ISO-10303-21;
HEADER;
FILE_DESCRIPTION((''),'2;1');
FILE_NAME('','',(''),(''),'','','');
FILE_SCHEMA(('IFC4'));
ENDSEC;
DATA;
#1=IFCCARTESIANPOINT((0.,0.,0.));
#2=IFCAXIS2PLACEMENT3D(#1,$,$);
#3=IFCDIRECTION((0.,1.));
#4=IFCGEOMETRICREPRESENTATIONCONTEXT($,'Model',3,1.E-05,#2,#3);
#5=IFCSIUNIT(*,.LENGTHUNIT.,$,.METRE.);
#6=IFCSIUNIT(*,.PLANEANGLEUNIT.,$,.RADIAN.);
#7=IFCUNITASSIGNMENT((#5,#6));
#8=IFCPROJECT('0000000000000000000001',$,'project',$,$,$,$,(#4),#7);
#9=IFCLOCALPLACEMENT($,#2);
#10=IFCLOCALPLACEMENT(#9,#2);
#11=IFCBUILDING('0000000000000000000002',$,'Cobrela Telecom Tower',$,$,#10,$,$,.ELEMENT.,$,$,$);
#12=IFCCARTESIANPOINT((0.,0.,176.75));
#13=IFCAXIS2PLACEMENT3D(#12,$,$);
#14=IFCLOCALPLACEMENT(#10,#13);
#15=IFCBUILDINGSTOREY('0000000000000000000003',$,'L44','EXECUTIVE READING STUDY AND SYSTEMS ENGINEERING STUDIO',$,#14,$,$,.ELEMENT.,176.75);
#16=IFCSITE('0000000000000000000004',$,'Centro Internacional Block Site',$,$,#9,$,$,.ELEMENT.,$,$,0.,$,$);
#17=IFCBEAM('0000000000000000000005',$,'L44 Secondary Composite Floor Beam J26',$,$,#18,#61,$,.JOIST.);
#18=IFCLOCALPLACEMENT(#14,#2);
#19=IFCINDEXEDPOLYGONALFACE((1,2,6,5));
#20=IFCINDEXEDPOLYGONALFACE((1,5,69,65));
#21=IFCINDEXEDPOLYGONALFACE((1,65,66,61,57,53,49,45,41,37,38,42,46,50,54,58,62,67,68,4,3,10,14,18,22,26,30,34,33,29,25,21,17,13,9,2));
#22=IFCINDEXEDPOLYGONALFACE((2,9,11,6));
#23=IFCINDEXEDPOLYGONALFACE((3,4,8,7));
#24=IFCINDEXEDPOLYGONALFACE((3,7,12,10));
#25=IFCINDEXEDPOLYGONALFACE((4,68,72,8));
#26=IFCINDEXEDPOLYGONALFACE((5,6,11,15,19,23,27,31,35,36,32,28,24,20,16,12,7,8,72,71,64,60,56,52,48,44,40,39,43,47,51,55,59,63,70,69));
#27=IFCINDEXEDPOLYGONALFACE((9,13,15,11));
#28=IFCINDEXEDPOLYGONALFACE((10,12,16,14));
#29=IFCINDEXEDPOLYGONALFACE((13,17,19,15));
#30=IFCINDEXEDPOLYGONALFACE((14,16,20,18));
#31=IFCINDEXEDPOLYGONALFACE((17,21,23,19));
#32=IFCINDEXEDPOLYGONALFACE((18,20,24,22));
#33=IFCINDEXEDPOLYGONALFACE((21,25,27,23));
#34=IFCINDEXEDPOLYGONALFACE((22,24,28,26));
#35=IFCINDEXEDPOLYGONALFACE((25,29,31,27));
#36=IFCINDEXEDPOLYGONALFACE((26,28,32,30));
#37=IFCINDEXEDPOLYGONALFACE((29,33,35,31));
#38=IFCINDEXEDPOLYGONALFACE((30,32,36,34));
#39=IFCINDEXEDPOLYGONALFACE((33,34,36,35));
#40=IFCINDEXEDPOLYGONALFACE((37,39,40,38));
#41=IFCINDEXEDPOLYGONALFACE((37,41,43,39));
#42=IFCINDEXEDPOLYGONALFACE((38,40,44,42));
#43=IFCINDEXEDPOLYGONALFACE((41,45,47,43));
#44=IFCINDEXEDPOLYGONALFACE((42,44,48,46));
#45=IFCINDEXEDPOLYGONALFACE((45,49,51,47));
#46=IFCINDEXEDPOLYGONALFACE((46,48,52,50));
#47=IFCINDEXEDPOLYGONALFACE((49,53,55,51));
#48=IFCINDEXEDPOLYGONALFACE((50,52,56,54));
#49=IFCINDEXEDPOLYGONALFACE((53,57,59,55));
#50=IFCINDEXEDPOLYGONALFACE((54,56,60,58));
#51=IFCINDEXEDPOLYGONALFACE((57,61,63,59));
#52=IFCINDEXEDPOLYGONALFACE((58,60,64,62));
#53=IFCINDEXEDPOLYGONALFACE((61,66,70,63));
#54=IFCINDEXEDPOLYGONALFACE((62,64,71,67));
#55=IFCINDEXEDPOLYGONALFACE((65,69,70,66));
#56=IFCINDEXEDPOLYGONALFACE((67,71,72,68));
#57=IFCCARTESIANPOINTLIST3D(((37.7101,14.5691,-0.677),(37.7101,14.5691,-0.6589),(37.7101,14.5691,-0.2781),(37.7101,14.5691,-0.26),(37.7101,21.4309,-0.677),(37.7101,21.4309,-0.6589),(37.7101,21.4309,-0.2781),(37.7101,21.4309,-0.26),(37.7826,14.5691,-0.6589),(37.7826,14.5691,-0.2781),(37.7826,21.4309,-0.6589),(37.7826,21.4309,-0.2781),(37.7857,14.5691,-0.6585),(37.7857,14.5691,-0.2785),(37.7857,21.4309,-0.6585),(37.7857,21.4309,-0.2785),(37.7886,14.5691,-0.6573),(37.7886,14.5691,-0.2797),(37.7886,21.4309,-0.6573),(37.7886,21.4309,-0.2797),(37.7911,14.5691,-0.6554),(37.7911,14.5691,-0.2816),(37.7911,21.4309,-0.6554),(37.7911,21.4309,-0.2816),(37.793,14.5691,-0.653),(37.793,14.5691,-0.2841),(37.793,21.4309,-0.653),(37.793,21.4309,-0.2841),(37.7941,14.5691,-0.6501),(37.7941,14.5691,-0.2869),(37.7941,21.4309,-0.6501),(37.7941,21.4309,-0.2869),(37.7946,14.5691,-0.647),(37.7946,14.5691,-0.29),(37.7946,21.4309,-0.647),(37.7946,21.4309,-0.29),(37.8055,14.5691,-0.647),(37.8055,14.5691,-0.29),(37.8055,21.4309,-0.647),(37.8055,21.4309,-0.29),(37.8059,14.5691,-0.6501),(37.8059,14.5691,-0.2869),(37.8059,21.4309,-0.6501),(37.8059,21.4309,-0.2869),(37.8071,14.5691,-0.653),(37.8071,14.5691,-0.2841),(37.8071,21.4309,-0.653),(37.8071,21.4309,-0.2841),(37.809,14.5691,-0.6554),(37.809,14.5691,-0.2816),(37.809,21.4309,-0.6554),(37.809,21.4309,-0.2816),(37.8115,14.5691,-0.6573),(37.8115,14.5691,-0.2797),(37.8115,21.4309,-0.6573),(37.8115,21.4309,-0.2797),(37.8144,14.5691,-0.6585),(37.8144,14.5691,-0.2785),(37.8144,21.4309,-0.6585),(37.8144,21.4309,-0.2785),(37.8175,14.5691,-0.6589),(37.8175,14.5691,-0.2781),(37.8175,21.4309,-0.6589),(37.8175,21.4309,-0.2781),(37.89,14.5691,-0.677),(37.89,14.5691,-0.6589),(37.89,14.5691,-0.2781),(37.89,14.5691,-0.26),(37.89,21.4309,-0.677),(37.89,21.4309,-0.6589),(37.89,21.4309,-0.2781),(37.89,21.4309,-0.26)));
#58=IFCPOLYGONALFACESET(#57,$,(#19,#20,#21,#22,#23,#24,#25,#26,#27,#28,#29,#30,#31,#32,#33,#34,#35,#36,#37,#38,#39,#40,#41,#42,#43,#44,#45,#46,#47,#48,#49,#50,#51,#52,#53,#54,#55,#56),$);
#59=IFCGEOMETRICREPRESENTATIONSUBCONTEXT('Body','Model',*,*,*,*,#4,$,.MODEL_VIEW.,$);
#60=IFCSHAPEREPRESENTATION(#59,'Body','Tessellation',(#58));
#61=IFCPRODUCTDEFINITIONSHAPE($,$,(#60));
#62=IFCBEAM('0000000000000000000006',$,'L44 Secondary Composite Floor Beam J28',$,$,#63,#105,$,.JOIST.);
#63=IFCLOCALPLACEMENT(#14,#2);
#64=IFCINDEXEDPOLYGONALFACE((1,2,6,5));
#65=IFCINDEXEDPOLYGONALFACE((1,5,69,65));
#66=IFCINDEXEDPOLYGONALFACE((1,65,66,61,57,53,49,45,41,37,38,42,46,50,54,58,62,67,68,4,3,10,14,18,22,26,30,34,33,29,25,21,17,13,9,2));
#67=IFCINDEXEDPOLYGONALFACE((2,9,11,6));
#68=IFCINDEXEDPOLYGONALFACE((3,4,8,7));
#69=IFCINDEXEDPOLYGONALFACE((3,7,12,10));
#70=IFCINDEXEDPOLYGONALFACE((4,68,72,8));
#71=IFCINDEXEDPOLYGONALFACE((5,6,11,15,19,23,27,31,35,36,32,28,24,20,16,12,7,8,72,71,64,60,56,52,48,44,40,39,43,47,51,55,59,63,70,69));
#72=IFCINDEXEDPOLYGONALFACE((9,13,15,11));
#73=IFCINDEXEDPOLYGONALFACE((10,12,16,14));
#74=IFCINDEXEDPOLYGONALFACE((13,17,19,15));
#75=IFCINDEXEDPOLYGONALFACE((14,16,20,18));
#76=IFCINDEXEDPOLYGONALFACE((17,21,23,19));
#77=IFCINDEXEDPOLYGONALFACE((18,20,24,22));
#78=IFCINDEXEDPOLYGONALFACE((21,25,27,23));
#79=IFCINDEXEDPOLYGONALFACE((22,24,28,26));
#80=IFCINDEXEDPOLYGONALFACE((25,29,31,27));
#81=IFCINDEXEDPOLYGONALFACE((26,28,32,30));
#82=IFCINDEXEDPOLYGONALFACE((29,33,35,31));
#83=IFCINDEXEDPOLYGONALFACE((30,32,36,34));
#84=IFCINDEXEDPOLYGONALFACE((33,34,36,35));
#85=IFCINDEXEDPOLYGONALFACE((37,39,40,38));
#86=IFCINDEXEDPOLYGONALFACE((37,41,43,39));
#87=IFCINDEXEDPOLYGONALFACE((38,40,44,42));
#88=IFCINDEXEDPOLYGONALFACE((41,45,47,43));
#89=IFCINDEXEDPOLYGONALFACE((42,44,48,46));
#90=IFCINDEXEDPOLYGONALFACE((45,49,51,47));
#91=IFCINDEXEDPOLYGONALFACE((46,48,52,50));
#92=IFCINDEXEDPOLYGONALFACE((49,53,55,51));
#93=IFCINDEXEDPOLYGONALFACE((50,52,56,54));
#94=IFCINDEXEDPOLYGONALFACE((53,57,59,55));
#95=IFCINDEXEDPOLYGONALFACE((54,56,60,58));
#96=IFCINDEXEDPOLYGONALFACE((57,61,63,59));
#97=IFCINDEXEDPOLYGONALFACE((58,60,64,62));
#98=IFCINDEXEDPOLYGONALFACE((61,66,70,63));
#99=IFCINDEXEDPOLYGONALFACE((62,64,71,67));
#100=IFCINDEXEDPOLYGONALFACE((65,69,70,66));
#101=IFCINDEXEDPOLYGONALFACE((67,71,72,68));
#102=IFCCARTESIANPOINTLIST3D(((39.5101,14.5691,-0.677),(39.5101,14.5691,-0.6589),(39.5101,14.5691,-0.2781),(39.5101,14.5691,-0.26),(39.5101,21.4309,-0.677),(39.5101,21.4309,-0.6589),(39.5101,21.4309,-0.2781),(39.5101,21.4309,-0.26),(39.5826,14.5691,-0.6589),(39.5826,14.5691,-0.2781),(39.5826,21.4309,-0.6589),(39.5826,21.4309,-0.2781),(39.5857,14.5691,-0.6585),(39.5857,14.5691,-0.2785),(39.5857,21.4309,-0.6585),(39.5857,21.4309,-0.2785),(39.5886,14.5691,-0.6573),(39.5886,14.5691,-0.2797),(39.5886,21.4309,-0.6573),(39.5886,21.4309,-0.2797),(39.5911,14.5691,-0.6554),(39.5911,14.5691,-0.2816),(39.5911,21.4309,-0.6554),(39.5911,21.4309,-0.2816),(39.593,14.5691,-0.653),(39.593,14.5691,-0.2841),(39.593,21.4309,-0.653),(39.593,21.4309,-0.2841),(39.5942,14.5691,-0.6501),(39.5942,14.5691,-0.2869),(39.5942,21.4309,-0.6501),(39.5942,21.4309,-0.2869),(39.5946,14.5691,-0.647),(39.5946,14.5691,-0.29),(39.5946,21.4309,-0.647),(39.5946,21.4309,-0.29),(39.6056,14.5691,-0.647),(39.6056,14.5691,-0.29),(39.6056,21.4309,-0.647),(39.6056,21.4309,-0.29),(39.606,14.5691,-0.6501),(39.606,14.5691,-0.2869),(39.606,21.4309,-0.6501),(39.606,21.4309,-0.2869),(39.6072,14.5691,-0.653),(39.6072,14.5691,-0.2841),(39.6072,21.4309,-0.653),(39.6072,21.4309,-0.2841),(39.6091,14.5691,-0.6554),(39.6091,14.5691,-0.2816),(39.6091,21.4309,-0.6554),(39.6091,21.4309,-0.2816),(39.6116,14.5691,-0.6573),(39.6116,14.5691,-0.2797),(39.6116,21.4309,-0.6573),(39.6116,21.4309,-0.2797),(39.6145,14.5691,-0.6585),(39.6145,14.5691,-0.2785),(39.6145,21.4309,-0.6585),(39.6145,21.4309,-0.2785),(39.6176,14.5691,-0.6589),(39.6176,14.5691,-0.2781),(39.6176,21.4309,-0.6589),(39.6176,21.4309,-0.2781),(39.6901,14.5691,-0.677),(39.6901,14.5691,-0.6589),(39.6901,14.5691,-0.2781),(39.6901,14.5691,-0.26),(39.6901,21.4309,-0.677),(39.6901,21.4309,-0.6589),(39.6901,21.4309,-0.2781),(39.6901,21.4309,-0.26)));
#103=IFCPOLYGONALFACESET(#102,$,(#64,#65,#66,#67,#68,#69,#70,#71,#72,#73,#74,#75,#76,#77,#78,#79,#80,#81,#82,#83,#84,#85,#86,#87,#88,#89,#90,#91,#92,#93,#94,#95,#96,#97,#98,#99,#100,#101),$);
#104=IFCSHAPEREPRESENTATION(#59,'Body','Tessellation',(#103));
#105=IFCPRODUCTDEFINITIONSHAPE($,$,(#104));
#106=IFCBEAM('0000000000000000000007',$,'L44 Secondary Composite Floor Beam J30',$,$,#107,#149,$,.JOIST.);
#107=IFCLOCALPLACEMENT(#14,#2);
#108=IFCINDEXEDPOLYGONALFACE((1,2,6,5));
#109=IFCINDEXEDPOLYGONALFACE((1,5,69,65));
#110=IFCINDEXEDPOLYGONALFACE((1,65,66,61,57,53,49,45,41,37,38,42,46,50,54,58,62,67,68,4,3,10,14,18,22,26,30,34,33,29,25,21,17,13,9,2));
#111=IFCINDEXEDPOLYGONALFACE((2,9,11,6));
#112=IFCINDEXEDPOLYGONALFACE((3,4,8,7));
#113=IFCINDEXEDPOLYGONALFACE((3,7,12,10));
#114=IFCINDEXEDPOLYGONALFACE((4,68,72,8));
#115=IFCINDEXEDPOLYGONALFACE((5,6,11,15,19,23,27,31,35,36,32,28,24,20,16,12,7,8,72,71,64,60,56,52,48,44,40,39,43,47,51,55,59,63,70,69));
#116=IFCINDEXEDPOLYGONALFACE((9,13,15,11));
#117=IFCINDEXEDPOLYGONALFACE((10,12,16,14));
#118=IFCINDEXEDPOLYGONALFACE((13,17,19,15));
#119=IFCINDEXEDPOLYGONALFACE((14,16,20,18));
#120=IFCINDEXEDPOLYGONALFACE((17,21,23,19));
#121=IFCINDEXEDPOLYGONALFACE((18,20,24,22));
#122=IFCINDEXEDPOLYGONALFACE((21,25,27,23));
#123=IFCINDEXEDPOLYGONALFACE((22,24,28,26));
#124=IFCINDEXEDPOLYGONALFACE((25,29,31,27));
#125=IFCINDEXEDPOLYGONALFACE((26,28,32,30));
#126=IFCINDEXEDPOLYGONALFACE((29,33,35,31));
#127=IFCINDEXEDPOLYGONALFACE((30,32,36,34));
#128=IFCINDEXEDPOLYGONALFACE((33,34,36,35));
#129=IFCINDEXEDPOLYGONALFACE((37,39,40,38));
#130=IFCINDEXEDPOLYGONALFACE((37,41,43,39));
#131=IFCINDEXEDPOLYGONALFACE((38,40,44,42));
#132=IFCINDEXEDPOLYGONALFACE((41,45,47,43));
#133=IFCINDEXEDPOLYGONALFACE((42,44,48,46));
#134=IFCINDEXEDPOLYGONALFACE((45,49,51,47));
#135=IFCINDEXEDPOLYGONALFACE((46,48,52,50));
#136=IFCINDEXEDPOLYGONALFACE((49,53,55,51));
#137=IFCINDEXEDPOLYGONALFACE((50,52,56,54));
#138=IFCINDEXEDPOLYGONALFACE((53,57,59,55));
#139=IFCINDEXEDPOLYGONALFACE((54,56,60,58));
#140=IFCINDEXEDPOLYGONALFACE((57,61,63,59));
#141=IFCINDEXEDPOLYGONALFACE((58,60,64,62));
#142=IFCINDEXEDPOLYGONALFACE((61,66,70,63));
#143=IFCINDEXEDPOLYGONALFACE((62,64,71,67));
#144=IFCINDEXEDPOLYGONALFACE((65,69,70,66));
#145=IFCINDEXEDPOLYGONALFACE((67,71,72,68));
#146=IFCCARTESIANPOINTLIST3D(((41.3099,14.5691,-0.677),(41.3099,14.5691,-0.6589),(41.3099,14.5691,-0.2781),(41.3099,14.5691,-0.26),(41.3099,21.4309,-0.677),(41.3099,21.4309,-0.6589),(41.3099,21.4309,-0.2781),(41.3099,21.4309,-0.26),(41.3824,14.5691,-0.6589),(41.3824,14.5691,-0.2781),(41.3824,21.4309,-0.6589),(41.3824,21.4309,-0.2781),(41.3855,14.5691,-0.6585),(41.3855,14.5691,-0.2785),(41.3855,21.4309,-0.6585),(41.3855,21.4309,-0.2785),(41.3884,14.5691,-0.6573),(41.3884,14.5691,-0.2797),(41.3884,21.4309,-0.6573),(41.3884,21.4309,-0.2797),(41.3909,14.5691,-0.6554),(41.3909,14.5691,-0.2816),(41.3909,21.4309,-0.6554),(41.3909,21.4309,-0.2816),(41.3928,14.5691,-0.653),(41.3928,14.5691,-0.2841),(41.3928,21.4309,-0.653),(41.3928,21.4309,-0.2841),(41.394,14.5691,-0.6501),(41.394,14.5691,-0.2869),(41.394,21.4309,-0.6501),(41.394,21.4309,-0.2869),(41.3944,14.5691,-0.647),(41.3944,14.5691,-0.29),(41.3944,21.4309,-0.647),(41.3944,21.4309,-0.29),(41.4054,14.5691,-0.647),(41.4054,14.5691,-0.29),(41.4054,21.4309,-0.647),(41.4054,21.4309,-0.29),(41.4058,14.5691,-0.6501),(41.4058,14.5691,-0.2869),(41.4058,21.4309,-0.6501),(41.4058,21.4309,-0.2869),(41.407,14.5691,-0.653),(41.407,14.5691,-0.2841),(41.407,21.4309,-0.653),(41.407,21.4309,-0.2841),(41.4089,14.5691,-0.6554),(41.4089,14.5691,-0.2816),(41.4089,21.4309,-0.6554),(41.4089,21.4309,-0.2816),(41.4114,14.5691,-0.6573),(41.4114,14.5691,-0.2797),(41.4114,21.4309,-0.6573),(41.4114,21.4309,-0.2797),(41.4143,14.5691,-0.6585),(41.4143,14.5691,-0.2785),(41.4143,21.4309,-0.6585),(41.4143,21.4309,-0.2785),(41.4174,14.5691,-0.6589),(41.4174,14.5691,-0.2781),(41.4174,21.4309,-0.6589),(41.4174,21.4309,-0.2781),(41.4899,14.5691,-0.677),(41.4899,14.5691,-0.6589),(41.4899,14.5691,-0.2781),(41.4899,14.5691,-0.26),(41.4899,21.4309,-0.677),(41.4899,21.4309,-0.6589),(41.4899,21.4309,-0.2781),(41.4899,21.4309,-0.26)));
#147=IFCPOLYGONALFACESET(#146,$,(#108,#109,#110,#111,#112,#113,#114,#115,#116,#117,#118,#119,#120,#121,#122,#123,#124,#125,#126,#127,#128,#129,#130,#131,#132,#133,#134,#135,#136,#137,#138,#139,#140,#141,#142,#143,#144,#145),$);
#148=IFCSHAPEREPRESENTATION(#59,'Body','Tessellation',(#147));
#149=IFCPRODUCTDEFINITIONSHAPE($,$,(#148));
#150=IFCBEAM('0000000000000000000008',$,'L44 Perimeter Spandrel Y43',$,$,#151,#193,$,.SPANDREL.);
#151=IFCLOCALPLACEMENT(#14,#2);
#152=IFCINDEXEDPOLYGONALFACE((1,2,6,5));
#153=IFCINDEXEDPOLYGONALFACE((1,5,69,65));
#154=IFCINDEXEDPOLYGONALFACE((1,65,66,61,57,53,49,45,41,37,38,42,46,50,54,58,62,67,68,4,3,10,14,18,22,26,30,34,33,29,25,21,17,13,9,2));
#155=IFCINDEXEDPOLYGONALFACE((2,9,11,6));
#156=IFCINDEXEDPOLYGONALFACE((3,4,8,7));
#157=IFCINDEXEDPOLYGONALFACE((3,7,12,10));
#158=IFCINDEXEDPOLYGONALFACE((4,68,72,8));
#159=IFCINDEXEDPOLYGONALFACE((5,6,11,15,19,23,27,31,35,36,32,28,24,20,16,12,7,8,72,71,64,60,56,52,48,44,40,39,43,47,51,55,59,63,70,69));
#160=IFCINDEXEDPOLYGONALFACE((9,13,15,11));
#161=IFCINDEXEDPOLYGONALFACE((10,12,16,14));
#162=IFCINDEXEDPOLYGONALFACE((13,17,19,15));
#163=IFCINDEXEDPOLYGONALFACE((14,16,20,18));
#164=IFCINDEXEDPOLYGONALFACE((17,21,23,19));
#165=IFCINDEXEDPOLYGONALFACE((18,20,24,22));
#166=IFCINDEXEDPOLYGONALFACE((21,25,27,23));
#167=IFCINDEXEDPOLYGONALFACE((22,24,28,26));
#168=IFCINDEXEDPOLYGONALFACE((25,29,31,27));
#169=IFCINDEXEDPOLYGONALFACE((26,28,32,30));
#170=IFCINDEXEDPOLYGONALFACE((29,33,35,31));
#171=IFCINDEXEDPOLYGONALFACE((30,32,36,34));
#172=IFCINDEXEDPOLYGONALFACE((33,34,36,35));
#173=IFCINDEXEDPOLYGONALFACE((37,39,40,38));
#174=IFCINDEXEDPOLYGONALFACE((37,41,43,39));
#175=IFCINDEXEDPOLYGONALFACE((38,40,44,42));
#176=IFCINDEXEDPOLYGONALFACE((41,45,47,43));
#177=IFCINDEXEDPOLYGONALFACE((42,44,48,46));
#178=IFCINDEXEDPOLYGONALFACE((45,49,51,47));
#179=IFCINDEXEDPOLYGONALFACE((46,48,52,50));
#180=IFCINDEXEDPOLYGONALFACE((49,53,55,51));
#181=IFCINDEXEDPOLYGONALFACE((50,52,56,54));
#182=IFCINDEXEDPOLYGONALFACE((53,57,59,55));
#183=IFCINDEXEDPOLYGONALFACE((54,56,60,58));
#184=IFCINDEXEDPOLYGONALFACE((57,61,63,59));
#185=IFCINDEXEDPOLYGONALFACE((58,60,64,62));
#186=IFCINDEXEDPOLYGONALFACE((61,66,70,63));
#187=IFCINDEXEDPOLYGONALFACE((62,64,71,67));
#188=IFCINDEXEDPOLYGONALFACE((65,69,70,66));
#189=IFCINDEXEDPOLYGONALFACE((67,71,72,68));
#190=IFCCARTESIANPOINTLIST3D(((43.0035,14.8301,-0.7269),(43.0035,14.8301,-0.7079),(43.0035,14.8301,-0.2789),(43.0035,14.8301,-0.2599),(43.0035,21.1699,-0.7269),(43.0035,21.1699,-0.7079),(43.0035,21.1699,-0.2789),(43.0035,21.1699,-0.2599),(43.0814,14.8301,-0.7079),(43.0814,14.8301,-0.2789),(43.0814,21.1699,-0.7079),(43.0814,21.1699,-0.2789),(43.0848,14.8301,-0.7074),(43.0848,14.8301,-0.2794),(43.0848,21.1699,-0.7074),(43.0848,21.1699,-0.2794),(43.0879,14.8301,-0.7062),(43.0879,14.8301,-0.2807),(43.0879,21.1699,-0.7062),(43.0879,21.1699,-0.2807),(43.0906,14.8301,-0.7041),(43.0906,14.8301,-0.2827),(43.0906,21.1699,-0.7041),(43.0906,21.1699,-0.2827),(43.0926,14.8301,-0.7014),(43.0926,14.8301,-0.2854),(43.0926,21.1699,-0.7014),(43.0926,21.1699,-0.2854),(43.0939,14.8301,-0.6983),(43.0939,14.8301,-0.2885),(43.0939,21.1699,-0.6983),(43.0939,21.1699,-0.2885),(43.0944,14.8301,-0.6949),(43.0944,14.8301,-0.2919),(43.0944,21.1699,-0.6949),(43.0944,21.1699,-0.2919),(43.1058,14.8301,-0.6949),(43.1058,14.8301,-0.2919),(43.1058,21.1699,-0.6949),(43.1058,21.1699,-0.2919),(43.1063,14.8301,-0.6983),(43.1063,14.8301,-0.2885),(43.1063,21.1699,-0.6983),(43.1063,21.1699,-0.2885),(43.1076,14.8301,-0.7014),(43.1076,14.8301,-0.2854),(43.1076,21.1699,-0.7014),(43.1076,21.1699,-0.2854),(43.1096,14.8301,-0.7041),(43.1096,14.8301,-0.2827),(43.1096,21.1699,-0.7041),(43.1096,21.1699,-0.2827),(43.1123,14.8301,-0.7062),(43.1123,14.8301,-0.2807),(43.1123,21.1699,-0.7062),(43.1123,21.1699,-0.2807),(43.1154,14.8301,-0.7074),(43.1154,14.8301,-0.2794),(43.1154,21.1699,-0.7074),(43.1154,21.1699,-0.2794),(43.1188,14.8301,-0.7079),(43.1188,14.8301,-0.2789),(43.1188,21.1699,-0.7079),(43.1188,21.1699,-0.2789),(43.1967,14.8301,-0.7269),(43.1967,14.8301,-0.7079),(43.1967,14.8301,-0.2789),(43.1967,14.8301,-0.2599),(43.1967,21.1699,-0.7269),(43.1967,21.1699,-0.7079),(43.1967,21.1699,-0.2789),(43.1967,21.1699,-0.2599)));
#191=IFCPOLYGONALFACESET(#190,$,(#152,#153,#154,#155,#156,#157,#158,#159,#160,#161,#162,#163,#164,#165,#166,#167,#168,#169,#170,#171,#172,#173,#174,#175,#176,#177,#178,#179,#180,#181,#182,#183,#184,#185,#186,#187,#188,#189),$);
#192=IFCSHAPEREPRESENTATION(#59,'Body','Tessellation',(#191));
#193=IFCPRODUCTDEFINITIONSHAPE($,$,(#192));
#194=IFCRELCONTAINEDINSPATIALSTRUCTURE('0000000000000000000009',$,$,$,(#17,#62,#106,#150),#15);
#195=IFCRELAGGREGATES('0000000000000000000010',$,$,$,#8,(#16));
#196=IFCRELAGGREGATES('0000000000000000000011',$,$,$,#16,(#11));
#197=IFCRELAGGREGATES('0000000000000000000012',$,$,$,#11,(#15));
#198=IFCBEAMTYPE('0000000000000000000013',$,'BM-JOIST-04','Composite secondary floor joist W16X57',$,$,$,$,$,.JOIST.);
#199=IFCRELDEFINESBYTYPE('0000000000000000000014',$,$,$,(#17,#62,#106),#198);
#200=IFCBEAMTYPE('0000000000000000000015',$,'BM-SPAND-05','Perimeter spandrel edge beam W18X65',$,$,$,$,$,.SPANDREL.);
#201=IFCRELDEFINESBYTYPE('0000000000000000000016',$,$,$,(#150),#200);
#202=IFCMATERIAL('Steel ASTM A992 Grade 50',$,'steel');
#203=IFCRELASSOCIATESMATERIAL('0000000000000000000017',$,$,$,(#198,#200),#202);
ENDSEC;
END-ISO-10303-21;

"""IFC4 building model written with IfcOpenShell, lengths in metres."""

from ifc_helpers import new_model, si_unit, direction, frame, origin, origin_2d, place, context, subcontext, project, spatial, i_section, extrude, material, material_profile, profile_set, type_object, element, save


model = new_model("IFC4")

# Units and contexts
model_context = context("Model", 3, precision=1e-05, world=origin(), true_north=direction((0.0, 1.0)))
body_context = subcontext(model_context, "Body", "Model", "MODEL_VIEW")
ifc_project = project(units=[si_unit("LENGTHUNIT", "METRE"), si_unit("PLANEANGLEUNIT", "RADIAN")], contexts=[model_context])

# Site, building, storey
site_placement = place(None, origin())
site = spatial("IfcSite", under=ifc_project, at=site_placement, Name="Centro Internacional Block Site", CompositionType="ELEMENT", RefElevation=0.0)
building_placement = place(site_placement, origin())
building = spatial("IfcBuilding", under=site, at=building_placement, Name="Cobrela Telecom Tower", CompositionType="ELEMENT")
storey_placement = place(building_placement, frame((0.0, 0.0, 176.75)))
storey = spatial("IfcBuildingStorey", under=building, at=storey_placement, Name="L44", Description="EXECUTIVE READING STUDY AND SYSTEMS ENGINEERING STUDIO", CompositionType="ELEMENT", Elevation=176.75)

# Shared definitions
ifc_material_1 = material(Name="Steel ASTM A992 Grade 50", Category="steel")

# Beams
ifc_material_profile_1 = material_profile(ifc_material_1, i_section(OverallWidth=0.1799, OverallDepth=0.417, WebThickness=0.011, FlangeThickness=0.0181, FilletRadius=0.012, at=origin_2d()), Name="W16X57")
ifc_profile_set_1 = profile_set([ifc_material_profile_1], Name="Steel ASTM A992 Grade 50")
beam_type_1 = type_object("IfcBeamType", Name="BM-JOIST-04", Description="Composite secondary floor joist W16X57", PredefinedType="JOIST", material=ifc_profile_set_1)
for number, where, z_axis, x_axis, name in (
    (1, (37.8, 14.5691, -0.4685), (0.0, 1.0, 0.0), (-1.0, 0.0, 0.0), "L44 Secondary Composite Floor Beam J26"),
    (2, (39.6001, 14.5691, -0.4685), (0.0, 1.0, 0.0), (-1.0, 0.0, 0.0), "L44 Secondary Composite Floor Beam J28"),
    (3, (41.3999, 14.5691, -0.4685), (0.0, 1.0, 0.0), (-1.0, 0.0, 0.0), "L44 Secondary Composite Floor Beam J30"),
):
    element("IfcBeam", number, at=place(storey_placement, frame(where, z_axis=z_axis, x_axis=x_axis)), inside=storey, type_object=beam_type_1, Name=name, PredefinedType="JOIST", context=body_context, shape_type="SweptSolid", body=[
        extrude(i_section(OverallWidth=0.1799, OverallDepth=0.417, WebThickness=0.011, FlangeThickness=0.0181, FilletRadius=0.012, at=origin_2d()), origin(), (0.0, 0.0, 1.0), 6.8618),
    ])
ifc_material_profile_2 = material_profile(ifc_material_1, i_section(OverallWidth=0.1931, OverallDepth=0.467, WebThickness=0.0115, FlangeThickness=0.019, FilletRadius=0.0129, at=origin_2d()), Name="W18X65")
ifc_profile_set_2 = profile_set([ifc_material_profile_2], Name="Steel ASTM A992 Grade 50")
beam_type_2 = type_object("IfcBeamType", Name="BM-SPAND-05", Description="Perimeter spandrel edge beam W18X65", PredefinedType="SPANDREL", material=ifc_profile_set_2)
beam_1_placement = place(storey_placement, frame((43.1001, 14.8301, -0.4934), z_axis=(0.0, 1.0, 0.0), x_axis=(-1.0, 0.0, 0.0)))
element("IfcBeam", 4, at=beam_1_placement, inside=storey, type_object=beam_type_2, Name="L44 Perimeter Spandrel Y43", PredefinedType="SPANDREL", context=body_context, shape_type="SweptSolid", body=[
    extrude(i_section(OverallWidth=0.1931, OverallDepth=0.467, WebThickness=0.0115, FlangeThickness=0.019, FilletRadius=0.0129, at=origin_2d()), origin(), (0.0, 0.0, 1.0), 6.3398),
])

save(model, "model.ifc")
